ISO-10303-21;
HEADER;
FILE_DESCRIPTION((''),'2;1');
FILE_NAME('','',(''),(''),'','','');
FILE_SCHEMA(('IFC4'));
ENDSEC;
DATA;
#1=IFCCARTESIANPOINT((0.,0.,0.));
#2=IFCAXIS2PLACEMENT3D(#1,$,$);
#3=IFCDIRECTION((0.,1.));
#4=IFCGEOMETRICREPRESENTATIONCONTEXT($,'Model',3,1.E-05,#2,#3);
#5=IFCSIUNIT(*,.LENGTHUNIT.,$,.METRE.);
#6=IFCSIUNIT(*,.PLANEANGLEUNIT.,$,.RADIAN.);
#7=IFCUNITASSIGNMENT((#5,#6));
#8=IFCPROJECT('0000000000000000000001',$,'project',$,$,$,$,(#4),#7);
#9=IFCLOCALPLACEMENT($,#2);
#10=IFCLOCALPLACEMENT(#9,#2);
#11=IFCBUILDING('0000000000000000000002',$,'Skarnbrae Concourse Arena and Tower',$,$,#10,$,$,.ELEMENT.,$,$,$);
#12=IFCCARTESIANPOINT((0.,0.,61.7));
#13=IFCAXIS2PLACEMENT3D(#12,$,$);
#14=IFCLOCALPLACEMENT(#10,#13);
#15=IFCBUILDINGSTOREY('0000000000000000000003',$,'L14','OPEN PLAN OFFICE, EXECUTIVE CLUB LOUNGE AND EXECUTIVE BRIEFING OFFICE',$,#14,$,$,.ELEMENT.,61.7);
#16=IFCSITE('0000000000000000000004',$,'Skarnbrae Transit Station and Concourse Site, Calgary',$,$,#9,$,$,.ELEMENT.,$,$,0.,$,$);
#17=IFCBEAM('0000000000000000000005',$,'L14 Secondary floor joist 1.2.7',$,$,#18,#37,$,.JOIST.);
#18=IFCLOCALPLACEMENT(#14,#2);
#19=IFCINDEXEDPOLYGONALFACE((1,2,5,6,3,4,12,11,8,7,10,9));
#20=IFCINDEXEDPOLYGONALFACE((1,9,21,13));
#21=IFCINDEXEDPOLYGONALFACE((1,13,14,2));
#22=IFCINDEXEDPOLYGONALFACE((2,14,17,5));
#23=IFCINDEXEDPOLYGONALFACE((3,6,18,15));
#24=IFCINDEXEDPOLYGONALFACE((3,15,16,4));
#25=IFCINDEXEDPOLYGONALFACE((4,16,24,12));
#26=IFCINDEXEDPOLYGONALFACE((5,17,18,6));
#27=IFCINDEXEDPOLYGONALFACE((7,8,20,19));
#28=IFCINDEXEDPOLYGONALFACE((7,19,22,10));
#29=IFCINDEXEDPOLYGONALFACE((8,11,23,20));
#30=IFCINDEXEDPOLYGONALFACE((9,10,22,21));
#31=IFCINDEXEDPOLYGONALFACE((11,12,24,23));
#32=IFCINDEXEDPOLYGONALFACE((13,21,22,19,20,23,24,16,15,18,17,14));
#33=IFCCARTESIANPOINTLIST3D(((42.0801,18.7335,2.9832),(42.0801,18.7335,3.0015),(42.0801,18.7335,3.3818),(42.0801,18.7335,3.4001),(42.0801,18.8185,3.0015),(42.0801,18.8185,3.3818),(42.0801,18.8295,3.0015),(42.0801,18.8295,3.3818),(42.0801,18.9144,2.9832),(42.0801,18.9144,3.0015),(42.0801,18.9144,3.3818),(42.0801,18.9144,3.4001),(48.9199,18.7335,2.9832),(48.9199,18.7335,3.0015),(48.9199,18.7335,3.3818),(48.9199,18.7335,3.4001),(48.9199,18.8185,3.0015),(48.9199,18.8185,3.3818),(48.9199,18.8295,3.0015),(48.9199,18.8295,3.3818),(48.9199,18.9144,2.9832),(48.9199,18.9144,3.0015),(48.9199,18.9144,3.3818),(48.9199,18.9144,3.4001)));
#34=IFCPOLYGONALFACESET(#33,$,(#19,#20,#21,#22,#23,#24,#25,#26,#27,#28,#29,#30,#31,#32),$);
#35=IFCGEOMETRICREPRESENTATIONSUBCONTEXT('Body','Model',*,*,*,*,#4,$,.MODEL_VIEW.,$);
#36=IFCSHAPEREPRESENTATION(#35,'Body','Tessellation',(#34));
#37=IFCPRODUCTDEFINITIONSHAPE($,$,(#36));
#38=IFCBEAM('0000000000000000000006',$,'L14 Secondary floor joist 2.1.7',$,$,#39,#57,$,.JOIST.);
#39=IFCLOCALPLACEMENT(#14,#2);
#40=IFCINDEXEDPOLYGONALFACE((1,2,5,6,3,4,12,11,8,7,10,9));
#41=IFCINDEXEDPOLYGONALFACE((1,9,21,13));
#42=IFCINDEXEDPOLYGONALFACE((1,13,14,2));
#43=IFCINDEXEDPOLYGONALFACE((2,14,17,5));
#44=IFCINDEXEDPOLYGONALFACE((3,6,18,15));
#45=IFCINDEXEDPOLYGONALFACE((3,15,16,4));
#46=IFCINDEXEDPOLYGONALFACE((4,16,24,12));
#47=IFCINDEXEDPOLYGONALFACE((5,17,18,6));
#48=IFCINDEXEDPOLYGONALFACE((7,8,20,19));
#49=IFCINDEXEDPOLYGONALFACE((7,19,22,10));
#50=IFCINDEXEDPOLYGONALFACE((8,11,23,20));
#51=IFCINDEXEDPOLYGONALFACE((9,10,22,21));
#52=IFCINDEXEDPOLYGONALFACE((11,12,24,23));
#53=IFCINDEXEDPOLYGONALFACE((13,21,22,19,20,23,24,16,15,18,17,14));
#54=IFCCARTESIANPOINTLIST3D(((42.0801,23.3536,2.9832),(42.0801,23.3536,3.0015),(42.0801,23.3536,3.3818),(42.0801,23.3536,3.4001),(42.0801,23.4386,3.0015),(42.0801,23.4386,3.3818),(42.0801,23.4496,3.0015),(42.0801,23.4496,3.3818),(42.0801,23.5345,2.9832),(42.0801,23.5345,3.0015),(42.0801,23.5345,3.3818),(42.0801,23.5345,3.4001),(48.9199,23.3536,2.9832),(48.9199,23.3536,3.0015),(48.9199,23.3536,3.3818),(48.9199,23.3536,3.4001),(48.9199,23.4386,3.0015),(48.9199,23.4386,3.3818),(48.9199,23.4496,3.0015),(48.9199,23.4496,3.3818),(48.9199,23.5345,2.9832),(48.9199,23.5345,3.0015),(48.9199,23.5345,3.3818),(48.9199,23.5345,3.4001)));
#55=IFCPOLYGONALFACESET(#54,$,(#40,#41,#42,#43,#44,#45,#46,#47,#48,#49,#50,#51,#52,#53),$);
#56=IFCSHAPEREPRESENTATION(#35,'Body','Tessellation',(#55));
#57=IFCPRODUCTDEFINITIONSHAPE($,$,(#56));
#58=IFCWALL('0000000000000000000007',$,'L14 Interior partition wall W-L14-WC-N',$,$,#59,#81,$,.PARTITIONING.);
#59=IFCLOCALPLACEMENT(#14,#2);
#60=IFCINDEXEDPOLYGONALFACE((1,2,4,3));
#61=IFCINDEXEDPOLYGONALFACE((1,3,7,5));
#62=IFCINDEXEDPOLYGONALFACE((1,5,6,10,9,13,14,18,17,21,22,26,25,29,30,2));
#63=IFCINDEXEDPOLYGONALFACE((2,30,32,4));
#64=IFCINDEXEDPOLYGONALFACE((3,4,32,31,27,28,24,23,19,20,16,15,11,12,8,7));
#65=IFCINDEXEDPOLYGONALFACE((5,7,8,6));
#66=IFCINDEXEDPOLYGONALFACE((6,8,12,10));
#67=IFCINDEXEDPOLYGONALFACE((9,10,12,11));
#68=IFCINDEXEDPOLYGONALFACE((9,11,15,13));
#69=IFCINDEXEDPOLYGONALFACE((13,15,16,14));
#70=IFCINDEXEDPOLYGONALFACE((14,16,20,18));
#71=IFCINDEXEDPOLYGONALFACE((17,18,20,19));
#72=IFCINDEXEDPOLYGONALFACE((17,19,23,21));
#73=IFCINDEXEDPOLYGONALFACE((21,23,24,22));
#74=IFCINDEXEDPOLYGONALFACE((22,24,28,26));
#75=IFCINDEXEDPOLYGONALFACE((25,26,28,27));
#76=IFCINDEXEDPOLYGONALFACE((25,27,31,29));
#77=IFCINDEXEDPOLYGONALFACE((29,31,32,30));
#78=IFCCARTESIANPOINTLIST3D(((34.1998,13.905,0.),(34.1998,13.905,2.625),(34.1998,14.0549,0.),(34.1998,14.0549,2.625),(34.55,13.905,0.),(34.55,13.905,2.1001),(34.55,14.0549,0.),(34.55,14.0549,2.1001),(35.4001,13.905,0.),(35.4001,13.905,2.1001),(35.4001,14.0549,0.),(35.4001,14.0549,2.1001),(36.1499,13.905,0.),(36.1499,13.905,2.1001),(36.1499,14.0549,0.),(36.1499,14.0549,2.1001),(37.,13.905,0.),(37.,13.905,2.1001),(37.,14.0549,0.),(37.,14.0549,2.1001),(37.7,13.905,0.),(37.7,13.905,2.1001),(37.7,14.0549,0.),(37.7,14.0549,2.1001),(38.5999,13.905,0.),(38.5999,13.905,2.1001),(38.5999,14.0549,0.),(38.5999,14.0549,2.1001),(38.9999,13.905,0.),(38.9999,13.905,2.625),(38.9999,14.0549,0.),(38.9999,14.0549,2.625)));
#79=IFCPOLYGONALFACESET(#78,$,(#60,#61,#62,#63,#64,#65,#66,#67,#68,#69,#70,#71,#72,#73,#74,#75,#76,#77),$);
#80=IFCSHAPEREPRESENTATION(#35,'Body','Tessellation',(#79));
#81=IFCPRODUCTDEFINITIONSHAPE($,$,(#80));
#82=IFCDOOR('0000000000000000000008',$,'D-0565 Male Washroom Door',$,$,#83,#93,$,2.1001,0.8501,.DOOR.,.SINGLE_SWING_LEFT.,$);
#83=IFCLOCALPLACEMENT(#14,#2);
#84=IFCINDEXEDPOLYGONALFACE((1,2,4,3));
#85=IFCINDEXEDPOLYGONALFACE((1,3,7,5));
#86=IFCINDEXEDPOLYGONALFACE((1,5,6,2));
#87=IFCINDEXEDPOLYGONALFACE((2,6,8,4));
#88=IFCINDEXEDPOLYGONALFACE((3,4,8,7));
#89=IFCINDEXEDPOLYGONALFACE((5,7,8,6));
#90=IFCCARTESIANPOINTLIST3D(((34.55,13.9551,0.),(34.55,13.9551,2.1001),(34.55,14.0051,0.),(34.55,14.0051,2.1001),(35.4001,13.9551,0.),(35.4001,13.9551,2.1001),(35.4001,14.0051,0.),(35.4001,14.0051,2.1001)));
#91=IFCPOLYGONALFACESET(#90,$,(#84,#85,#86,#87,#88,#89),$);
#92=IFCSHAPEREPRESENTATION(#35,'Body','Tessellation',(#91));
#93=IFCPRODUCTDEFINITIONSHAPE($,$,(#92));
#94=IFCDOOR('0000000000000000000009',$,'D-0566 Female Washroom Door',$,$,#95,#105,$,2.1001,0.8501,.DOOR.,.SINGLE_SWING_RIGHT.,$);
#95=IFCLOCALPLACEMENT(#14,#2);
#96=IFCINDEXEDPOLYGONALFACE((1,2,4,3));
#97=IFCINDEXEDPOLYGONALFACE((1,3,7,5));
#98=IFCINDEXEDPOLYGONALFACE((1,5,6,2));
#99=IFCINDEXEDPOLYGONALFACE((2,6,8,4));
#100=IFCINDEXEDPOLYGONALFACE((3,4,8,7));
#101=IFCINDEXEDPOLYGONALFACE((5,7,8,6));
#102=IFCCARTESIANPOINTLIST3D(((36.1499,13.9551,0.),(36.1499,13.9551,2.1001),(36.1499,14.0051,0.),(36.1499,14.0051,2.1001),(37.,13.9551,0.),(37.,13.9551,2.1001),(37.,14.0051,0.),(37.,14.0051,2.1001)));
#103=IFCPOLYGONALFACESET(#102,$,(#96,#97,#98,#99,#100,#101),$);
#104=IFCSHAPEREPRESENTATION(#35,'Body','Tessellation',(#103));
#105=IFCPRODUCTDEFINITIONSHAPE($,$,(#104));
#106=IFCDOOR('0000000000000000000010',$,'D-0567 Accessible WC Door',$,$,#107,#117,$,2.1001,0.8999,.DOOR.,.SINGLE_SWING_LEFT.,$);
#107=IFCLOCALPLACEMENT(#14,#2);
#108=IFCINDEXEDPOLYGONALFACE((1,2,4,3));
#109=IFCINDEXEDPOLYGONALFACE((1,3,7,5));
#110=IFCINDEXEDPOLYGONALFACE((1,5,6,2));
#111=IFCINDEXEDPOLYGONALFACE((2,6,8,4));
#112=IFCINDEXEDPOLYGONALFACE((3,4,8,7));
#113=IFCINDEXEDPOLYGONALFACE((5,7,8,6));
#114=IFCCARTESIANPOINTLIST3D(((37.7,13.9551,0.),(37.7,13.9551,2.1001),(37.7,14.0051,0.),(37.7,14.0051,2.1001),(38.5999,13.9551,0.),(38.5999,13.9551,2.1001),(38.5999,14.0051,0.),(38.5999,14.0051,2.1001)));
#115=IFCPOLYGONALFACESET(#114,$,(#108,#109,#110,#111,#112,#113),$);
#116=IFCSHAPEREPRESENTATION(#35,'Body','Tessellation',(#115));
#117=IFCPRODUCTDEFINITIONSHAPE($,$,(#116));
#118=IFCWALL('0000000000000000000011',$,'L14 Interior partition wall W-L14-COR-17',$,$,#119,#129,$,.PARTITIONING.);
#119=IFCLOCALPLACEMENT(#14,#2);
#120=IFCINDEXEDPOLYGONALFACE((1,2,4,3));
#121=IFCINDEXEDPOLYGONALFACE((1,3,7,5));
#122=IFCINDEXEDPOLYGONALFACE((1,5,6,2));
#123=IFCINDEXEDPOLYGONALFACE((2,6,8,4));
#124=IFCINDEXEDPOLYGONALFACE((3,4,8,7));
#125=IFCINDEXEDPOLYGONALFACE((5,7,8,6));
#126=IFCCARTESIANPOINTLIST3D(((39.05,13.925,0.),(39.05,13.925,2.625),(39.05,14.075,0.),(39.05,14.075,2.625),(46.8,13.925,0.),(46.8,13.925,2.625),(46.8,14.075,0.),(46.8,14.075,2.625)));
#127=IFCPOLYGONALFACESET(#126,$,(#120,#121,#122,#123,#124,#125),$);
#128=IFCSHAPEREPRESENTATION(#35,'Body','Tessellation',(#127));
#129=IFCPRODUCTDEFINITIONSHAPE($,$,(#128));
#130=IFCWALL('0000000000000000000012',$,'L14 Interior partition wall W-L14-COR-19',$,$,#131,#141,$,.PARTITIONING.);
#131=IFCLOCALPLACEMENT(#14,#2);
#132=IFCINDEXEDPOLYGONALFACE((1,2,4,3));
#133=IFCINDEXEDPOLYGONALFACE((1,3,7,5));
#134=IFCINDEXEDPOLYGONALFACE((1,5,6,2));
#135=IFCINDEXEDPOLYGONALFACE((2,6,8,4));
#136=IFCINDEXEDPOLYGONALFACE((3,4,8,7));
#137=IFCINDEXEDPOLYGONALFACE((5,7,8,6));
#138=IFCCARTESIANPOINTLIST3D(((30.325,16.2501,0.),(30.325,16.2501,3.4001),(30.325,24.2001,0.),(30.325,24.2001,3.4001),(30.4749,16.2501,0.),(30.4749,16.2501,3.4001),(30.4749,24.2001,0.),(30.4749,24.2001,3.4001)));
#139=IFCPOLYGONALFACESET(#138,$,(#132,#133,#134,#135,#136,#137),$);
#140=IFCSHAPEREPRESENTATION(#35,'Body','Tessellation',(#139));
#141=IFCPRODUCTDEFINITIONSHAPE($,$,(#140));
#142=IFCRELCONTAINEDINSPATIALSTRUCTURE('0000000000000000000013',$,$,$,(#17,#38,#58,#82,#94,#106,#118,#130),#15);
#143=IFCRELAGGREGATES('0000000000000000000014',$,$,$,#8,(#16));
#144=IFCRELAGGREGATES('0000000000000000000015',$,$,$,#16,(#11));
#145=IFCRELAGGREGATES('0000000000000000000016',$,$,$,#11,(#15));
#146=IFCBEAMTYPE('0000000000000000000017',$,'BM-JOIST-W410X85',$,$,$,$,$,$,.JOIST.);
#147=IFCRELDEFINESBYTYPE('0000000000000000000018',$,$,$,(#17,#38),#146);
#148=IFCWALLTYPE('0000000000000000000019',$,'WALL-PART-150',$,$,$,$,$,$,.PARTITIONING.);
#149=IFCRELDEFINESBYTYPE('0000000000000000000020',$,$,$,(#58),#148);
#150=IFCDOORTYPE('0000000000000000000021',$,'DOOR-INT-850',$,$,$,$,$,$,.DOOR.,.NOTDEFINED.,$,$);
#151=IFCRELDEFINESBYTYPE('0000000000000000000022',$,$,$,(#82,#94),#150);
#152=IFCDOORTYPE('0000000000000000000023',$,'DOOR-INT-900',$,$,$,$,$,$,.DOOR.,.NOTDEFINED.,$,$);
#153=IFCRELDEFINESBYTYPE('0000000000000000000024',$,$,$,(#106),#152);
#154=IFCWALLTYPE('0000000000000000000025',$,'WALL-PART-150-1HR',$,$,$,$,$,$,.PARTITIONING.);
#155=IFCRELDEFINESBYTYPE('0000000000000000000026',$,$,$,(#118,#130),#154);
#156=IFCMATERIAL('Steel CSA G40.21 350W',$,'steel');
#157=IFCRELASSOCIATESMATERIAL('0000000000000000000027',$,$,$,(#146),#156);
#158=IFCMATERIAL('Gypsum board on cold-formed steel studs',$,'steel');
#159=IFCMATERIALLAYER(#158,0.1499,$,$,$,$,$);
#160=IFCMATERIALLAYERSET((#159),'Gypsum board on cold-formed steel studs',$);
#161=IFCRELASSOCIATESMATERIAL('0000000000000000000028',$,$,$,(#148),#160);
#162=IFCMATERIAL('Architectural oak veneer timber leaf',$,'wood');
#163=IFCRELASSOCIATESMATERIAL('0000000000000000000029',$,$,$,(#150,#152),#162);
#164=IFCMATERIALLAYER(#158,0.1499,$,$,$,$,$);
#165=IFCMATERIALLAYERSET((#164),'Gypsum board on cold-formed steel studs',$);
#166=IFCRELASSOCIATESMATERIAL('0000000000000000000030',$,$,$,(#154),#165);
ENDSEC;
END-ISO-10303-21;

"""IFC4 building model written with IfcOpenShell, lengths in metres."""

from ifc_helpers import new_model, si_unit, direction, frame, frame_2d, origin, origin_2d, place, context, subcontext, project, spatial, rectangle, i_section, extrude, source, transform, mapped, material, layer, layer_set, material_profile, profile_set, type_object, element, fill, save


model = new_model("IFC4")

# Units and contexts
model_context = context("Model", 3, precision=1e-05, world=origin(), true_north=direction((0.0, 1.0)))
body_context = subcontext(model_context, "Body", "Model", "MODEL_VIEW")
ifc_project = project(units=[si_unit("LENGTHUNIT", "METRE"), si_unit("PLANEANGLEUNIT", "RADIAN")], contexts=[model_context])

# Site, building, storey
site_placement = place(None, origin())
site = spatial("IfcSite", under=ifc_project, at=site_placement, Name="Skarnbrae Transit Station and Concourse Site, Calgary", CompositionType="ELEMENT", RefElevation=0.0)
building_placement = place(site_placement, origin())
building = spatial("IfcBuilding", under=site, at=building_placement, Name="Skarnbrae Concourse Arena and Tower", CompositionType="ELEMENT")
storey_placement = place(building_placement, frame((0.0, 0.0, 61.7)))
storey = spatial("IfcBuildingStorey", under=building, at=storey_placement, Name="L14", Description="OPEN PLAN OFFICE, EXECUTIVE CLUB LOUNGE AND EXECUTIVE BRIEFING OFFICE", CompositionType="ELEMENT", Elevation=61.7)

# Shared definitions
ifc_material_1 = material(Name="Steel CSA G40.21 350W", Category="steel")

# Beams
ifc_material_profile_1 = material_profile(ifc_material_1, i_section(OverallWidth=0.1809, OverallDepth=0.417, WebThickness=0.011, FlangeThickness=0.0183, at=origin_2d()), Name="W410X85")
ifc_profile_set_1 = profile_set([ifc_material_profile_1], Name="Steel CSA G40.21 350W")
beam_type_1 = type_object("IfcBeamType", Name="BM-JOIST-W410X85", PredefinedType="JOIST", material=ifc_profile_set_1)
shared_shape_1 = source(origin(), body_context, "Body", "SweptSolid", [
    extrude(i_section(OverallWidth=0.1809, OverallDepth=0.417, WebThickness=0.011, FlangeThickness=0.0183, at=origin_2d()), origin(), (0.0, 0.0, 1.0), 6.8398),
])
for number, where, z_axis, x_axis, name in (
    (1, (42.0801, 18.824, 3.1917), (1.0, 0.0, 0.0), (0.0, 1.0, 0.0), "L14 Secondary floor joist 1.2.7"),
    (2, (42.0801, 23.4441, 3.1917), (1.0, 0.0, 0.0), (0.0, 1.0, 0.0), "L14 Secondary floor joist 2.1.7"),
):
    element("IfcBeam", number, at=place(storey_placement, frame(where, z_axis=z_axis, x_axis=x_axis)), inside=storey, type_object=beam_type_1, Name=name, PredefinedType="JOIST", context=body_context, shape_type="MappedRepresentation", body=[
        mapped(shared_shape_1, transform((0.0, 0.0, 0.0))),
    ])

# Wall, openings, doors
ifc_material_2 = material(Name="Gypsum board on cold-formed steel studs", Category="steel")
ifc_layer_1 = layer(ifc_material_2, 0.1499)
ifc_layer_set_1 = layer_set([ifc_layer_1], Name="Gypsum board on cold-formed steel studs")
wall_type_1 = type_object("IfcWallType", Name="WALL-PART-150", PredefinedType="PARTITIONING", material=ifc_layer_set_1)
shared_shape_2 = source(origin(), body_context, "Body", "SweptSolid", [
    extrude(rectangle(XDim=4.8, YDim=0.1499, at=frame_2d((2.3999, 0.0))), origin(), (0.0, 0.0, 1.0), 2.625),
])
wall_1_placement = place(storey_placement, frame((34.2, 13.98, 0.0), z_axis=(0.0, 0.0, 1.0), x_axis=(1.0, 0.0, 0.0)))
wall_1 = element("IfcWall", 3, at=wall_1_placement, inside=storey, type_object=wall_type_1, Name="L14 Interior partition wall W-L14-WC-N", PredefinedType="PARTITIONING", context=body_context, shape_type="MappedRepresentation", body=[
    mapped(shared_shape_2, transform((0.0, 0.0, 0.0))),
])
opening_1_placement = place(wall_1_placement, frame((0.3501, 0.0, 0.0)))
opening_1 = element("IfcOpeningElement", 4, at=opening_1_placement, cuts=wall_1, PredefinedType="OPENING", context=body_context, shape_type="SweptSolid", body=[
    extrude(rectangle(XDim=0.8501, YDim=2.1001, at=frame_2d((0.425, 1.05))), frame((0.0, 0.085, 0.0), z_axis=(0.0, -1.0, 0.0), x_axis=(1.0, 0.0, 0.0)), (0.0, 0.0, 1.0), 0.1699),
])
opening_2_placement = place(wall_1_placement, frame((1.95, 0.0, 0.0)))
opening_2 = element("IfcOpeningElement", 5, at=opening_2_placement, cuts=wall_1, PredefinedType="OPENING", context=body_context, shape_type="SweptSolid", body=[
    extrude(rectangle(XDim=0.8501, YDim=2.1001, at=frame_2d((0.425, 1.05))), frame((0.0, 0.085, 0.0), z_axis=(0.0, -1.0, 0.0), x_axis=(1.0, 0.0, 0.0)), (0.0, 0.0, 1.0), 0.1699),
])
opening_3_placement = place(wall_1_placement, frame((3.5, 0.0, 0.0)))
opening_3 = element("IfcOpeningElement", 6, at=opening_3_placement, cuts=wall_1, PredefinedType="OPENING", context=body_context, shape_type="SweptSolid", body=[
    extrude(rectangle(XDim=0.8999, YDim=2.1001, at=frame_2d((0.45, 1.05))), frame((0.0, 0.085, 0.0), z_axis=(0.0, -1.0, 0.0), x_axis=(1.0, 0.0, 0.0)), (0.0, 0.0, 1.0), 0.1699),
])
ifc_material_3 = material(Name="Architectural oak veneer timber leaf", Category="wood")
door_type_1 = type_object("IfcDoorType", Name="DOOR-INT-850", OperationType="NOTDEFINED", PredefinedType="DOOR", material=ifc_material_3)
shared_shape_3 = source(origin(), body_context, "Body", "SweptSolid", [
    extrude(rectangle(XDim=0.8501, YDim=2.1001, at=frame_2d((0.425, 1.05))), frame((0.0, 0.0249, 0.0), z_axis=(0.0, -1.0, 0.0), x_axis=(1.0, 0.0, 0.0)), (0.0, 0.0, 1.0), 0.05),
])
door_1_placement = place(opening_1_placement, frame((0.8501, 0.0, 0.0), z_axis=(0.0, 0.0, 1.0), x_axis=(-1.0, 0.0, 0.0)))
door_1 = element("IfcDoor", 7, at=door_1_placement, inside=storey, type_object=door_type_1, Name="D-0565 Male Washroom Door", OperationType="SINGLE_SWING_LEFT", OverallHeight=2.1001, OverallWidth=0.8501, PredefinedType="DOOR", context=body_context, shape_type="MappedRepresentation", body=[
    mapped(shared_shape_3, transform((0.0, 0.0, 0.0))),
])
fill(opening_1, door_1)
door_2_placement = place(opening_2_placement, frame((0.8501, 0.0, 0.0), z_axis=(0.0, 0.0, 1.0), x_axis=(-1.0, 0.0, 0.0)))
door_2 = element("IfcDoor", 8, at=door_2_placement, inside=storey, type_object=door_type_1, Name="D-0566 Female Washroom Door", OperationType="SINGLE_SWING_RIGHT", OverallHeight=2.1001, OverallWidth=0.8501, PredefinedType="DOOR", context=body_context, shape_type="MappedRepresentation", body=[
    mapped(shared_shape_3, transform((0.0, 0.0, 0.0))),
])
fill(opening_2, door_2)
door_type_2 = type_object("IfcDoorType", Name="DOOR-INT-900", OperationType="NOTDEFINED", PredefinedType="DOOR", material=ifc_material_3)
shared_shape_4 = source(origin(), body_context, "Body", "SweptSolid", [
    extrude(rectangle(XDim=0.8999, YDim=2.1001, at=frame_2d((0.45, 1.05))), frame((0.0, 0.0249, 0.0), z_axis=(0.0, -1.0, 0.0), x_axis=(1.0, 0.0, 0.0)), (0.0, 0.0, 1.0), 0.05),
])
door_3_placement = place(opening_3_placement, frame((0.8999, 0.0, 0.0), z_axis=(0.0, 0.0, 1.0), x_axis=(-1.0, 0.0, 0.0)))
door_3 = element("IfcDoor", 9, at=door_3_placement, inside=storey, type_object=door_type_2, Name="D-0567 Accessible WC Door", OperationType="SINGLE_SWING_LEFT", OverallHeight=2.1001, OverallWidth=0.8999, PredefinedType="DOOR", context=body_context, shape_type="MappedRepresentation", body=[
    mapped(shared_shape_4, transform((0.0, 0.0, 0.0))),
])
fill(opening_3, door_3)

# Walls
ifc_layer_2 = layer(ifc_material_2, 0.1499)
ifc_layer_set_2 = layer_set([ifc_layer_2], Name="Gypsum board on cold-formed steel studs")
wall_type_2 = type_object("IfcWallType", Name="WALL-PART-150-1HR", PredefinedType="PARTITIONING", material=ifc_layer_set_2)
shared_shape_5 = source(origin(), body_context, "Body", "SweptSolid", [
    extrude(rectangle(XDim=7.75, YDim=0.1499, at=frame_2d((3.875, 0.0))), origin(), (0.0, 0.0, 1.0), 2.625),
])
wall_2_placement = place(storey_placement, frame((46.8, 14.0, 0.0), z_axis=(0.0, 0.0, 1.0), x_axis=(-1.0, 0.0, 0.0)))
element("IfcWall", 10, at=wall_2_placement, inside=storey, type_object=wall_type_2, Name="L14 Interior partition wall W-L14-COR-17", PredefinedType="PARTITIONING", context=body_context, shape_type="MappedRepresentation", body=[
    mapped(shared_shape_5, transform((0.0, 0.0, 0.0))),
])
shared_shape_6 = source(origin(), body_context, "Body", "SweptSolid", [
    extrude(rectangle(XDim=7.95, YDim=0.1499, at=frame_2d((3.9751, 0.0))), origin(), (0.0, 0.0, 1.0), 3.4001),
])
wall_3_placement = place(storey_placement, frame((30.3999, 16.25, 0.0), z_axis=(0.0, 0.0, 1.0), x_axis=(0.0, 1.0, 0.0)))
element("IfcWall", 11, at=wall_3_placement, inside=storey, type_object=wall_type_2, Name="L14 Interior partition wall W-L14-COR-19", PredefinedType="PARTITIONING", context=body_context, shape_type="MappedRepresentation", body=[
    mapped(shared_shape_6, transform((0.0, 0.0, 0.0))),
])

save(model, "model.ifc")
